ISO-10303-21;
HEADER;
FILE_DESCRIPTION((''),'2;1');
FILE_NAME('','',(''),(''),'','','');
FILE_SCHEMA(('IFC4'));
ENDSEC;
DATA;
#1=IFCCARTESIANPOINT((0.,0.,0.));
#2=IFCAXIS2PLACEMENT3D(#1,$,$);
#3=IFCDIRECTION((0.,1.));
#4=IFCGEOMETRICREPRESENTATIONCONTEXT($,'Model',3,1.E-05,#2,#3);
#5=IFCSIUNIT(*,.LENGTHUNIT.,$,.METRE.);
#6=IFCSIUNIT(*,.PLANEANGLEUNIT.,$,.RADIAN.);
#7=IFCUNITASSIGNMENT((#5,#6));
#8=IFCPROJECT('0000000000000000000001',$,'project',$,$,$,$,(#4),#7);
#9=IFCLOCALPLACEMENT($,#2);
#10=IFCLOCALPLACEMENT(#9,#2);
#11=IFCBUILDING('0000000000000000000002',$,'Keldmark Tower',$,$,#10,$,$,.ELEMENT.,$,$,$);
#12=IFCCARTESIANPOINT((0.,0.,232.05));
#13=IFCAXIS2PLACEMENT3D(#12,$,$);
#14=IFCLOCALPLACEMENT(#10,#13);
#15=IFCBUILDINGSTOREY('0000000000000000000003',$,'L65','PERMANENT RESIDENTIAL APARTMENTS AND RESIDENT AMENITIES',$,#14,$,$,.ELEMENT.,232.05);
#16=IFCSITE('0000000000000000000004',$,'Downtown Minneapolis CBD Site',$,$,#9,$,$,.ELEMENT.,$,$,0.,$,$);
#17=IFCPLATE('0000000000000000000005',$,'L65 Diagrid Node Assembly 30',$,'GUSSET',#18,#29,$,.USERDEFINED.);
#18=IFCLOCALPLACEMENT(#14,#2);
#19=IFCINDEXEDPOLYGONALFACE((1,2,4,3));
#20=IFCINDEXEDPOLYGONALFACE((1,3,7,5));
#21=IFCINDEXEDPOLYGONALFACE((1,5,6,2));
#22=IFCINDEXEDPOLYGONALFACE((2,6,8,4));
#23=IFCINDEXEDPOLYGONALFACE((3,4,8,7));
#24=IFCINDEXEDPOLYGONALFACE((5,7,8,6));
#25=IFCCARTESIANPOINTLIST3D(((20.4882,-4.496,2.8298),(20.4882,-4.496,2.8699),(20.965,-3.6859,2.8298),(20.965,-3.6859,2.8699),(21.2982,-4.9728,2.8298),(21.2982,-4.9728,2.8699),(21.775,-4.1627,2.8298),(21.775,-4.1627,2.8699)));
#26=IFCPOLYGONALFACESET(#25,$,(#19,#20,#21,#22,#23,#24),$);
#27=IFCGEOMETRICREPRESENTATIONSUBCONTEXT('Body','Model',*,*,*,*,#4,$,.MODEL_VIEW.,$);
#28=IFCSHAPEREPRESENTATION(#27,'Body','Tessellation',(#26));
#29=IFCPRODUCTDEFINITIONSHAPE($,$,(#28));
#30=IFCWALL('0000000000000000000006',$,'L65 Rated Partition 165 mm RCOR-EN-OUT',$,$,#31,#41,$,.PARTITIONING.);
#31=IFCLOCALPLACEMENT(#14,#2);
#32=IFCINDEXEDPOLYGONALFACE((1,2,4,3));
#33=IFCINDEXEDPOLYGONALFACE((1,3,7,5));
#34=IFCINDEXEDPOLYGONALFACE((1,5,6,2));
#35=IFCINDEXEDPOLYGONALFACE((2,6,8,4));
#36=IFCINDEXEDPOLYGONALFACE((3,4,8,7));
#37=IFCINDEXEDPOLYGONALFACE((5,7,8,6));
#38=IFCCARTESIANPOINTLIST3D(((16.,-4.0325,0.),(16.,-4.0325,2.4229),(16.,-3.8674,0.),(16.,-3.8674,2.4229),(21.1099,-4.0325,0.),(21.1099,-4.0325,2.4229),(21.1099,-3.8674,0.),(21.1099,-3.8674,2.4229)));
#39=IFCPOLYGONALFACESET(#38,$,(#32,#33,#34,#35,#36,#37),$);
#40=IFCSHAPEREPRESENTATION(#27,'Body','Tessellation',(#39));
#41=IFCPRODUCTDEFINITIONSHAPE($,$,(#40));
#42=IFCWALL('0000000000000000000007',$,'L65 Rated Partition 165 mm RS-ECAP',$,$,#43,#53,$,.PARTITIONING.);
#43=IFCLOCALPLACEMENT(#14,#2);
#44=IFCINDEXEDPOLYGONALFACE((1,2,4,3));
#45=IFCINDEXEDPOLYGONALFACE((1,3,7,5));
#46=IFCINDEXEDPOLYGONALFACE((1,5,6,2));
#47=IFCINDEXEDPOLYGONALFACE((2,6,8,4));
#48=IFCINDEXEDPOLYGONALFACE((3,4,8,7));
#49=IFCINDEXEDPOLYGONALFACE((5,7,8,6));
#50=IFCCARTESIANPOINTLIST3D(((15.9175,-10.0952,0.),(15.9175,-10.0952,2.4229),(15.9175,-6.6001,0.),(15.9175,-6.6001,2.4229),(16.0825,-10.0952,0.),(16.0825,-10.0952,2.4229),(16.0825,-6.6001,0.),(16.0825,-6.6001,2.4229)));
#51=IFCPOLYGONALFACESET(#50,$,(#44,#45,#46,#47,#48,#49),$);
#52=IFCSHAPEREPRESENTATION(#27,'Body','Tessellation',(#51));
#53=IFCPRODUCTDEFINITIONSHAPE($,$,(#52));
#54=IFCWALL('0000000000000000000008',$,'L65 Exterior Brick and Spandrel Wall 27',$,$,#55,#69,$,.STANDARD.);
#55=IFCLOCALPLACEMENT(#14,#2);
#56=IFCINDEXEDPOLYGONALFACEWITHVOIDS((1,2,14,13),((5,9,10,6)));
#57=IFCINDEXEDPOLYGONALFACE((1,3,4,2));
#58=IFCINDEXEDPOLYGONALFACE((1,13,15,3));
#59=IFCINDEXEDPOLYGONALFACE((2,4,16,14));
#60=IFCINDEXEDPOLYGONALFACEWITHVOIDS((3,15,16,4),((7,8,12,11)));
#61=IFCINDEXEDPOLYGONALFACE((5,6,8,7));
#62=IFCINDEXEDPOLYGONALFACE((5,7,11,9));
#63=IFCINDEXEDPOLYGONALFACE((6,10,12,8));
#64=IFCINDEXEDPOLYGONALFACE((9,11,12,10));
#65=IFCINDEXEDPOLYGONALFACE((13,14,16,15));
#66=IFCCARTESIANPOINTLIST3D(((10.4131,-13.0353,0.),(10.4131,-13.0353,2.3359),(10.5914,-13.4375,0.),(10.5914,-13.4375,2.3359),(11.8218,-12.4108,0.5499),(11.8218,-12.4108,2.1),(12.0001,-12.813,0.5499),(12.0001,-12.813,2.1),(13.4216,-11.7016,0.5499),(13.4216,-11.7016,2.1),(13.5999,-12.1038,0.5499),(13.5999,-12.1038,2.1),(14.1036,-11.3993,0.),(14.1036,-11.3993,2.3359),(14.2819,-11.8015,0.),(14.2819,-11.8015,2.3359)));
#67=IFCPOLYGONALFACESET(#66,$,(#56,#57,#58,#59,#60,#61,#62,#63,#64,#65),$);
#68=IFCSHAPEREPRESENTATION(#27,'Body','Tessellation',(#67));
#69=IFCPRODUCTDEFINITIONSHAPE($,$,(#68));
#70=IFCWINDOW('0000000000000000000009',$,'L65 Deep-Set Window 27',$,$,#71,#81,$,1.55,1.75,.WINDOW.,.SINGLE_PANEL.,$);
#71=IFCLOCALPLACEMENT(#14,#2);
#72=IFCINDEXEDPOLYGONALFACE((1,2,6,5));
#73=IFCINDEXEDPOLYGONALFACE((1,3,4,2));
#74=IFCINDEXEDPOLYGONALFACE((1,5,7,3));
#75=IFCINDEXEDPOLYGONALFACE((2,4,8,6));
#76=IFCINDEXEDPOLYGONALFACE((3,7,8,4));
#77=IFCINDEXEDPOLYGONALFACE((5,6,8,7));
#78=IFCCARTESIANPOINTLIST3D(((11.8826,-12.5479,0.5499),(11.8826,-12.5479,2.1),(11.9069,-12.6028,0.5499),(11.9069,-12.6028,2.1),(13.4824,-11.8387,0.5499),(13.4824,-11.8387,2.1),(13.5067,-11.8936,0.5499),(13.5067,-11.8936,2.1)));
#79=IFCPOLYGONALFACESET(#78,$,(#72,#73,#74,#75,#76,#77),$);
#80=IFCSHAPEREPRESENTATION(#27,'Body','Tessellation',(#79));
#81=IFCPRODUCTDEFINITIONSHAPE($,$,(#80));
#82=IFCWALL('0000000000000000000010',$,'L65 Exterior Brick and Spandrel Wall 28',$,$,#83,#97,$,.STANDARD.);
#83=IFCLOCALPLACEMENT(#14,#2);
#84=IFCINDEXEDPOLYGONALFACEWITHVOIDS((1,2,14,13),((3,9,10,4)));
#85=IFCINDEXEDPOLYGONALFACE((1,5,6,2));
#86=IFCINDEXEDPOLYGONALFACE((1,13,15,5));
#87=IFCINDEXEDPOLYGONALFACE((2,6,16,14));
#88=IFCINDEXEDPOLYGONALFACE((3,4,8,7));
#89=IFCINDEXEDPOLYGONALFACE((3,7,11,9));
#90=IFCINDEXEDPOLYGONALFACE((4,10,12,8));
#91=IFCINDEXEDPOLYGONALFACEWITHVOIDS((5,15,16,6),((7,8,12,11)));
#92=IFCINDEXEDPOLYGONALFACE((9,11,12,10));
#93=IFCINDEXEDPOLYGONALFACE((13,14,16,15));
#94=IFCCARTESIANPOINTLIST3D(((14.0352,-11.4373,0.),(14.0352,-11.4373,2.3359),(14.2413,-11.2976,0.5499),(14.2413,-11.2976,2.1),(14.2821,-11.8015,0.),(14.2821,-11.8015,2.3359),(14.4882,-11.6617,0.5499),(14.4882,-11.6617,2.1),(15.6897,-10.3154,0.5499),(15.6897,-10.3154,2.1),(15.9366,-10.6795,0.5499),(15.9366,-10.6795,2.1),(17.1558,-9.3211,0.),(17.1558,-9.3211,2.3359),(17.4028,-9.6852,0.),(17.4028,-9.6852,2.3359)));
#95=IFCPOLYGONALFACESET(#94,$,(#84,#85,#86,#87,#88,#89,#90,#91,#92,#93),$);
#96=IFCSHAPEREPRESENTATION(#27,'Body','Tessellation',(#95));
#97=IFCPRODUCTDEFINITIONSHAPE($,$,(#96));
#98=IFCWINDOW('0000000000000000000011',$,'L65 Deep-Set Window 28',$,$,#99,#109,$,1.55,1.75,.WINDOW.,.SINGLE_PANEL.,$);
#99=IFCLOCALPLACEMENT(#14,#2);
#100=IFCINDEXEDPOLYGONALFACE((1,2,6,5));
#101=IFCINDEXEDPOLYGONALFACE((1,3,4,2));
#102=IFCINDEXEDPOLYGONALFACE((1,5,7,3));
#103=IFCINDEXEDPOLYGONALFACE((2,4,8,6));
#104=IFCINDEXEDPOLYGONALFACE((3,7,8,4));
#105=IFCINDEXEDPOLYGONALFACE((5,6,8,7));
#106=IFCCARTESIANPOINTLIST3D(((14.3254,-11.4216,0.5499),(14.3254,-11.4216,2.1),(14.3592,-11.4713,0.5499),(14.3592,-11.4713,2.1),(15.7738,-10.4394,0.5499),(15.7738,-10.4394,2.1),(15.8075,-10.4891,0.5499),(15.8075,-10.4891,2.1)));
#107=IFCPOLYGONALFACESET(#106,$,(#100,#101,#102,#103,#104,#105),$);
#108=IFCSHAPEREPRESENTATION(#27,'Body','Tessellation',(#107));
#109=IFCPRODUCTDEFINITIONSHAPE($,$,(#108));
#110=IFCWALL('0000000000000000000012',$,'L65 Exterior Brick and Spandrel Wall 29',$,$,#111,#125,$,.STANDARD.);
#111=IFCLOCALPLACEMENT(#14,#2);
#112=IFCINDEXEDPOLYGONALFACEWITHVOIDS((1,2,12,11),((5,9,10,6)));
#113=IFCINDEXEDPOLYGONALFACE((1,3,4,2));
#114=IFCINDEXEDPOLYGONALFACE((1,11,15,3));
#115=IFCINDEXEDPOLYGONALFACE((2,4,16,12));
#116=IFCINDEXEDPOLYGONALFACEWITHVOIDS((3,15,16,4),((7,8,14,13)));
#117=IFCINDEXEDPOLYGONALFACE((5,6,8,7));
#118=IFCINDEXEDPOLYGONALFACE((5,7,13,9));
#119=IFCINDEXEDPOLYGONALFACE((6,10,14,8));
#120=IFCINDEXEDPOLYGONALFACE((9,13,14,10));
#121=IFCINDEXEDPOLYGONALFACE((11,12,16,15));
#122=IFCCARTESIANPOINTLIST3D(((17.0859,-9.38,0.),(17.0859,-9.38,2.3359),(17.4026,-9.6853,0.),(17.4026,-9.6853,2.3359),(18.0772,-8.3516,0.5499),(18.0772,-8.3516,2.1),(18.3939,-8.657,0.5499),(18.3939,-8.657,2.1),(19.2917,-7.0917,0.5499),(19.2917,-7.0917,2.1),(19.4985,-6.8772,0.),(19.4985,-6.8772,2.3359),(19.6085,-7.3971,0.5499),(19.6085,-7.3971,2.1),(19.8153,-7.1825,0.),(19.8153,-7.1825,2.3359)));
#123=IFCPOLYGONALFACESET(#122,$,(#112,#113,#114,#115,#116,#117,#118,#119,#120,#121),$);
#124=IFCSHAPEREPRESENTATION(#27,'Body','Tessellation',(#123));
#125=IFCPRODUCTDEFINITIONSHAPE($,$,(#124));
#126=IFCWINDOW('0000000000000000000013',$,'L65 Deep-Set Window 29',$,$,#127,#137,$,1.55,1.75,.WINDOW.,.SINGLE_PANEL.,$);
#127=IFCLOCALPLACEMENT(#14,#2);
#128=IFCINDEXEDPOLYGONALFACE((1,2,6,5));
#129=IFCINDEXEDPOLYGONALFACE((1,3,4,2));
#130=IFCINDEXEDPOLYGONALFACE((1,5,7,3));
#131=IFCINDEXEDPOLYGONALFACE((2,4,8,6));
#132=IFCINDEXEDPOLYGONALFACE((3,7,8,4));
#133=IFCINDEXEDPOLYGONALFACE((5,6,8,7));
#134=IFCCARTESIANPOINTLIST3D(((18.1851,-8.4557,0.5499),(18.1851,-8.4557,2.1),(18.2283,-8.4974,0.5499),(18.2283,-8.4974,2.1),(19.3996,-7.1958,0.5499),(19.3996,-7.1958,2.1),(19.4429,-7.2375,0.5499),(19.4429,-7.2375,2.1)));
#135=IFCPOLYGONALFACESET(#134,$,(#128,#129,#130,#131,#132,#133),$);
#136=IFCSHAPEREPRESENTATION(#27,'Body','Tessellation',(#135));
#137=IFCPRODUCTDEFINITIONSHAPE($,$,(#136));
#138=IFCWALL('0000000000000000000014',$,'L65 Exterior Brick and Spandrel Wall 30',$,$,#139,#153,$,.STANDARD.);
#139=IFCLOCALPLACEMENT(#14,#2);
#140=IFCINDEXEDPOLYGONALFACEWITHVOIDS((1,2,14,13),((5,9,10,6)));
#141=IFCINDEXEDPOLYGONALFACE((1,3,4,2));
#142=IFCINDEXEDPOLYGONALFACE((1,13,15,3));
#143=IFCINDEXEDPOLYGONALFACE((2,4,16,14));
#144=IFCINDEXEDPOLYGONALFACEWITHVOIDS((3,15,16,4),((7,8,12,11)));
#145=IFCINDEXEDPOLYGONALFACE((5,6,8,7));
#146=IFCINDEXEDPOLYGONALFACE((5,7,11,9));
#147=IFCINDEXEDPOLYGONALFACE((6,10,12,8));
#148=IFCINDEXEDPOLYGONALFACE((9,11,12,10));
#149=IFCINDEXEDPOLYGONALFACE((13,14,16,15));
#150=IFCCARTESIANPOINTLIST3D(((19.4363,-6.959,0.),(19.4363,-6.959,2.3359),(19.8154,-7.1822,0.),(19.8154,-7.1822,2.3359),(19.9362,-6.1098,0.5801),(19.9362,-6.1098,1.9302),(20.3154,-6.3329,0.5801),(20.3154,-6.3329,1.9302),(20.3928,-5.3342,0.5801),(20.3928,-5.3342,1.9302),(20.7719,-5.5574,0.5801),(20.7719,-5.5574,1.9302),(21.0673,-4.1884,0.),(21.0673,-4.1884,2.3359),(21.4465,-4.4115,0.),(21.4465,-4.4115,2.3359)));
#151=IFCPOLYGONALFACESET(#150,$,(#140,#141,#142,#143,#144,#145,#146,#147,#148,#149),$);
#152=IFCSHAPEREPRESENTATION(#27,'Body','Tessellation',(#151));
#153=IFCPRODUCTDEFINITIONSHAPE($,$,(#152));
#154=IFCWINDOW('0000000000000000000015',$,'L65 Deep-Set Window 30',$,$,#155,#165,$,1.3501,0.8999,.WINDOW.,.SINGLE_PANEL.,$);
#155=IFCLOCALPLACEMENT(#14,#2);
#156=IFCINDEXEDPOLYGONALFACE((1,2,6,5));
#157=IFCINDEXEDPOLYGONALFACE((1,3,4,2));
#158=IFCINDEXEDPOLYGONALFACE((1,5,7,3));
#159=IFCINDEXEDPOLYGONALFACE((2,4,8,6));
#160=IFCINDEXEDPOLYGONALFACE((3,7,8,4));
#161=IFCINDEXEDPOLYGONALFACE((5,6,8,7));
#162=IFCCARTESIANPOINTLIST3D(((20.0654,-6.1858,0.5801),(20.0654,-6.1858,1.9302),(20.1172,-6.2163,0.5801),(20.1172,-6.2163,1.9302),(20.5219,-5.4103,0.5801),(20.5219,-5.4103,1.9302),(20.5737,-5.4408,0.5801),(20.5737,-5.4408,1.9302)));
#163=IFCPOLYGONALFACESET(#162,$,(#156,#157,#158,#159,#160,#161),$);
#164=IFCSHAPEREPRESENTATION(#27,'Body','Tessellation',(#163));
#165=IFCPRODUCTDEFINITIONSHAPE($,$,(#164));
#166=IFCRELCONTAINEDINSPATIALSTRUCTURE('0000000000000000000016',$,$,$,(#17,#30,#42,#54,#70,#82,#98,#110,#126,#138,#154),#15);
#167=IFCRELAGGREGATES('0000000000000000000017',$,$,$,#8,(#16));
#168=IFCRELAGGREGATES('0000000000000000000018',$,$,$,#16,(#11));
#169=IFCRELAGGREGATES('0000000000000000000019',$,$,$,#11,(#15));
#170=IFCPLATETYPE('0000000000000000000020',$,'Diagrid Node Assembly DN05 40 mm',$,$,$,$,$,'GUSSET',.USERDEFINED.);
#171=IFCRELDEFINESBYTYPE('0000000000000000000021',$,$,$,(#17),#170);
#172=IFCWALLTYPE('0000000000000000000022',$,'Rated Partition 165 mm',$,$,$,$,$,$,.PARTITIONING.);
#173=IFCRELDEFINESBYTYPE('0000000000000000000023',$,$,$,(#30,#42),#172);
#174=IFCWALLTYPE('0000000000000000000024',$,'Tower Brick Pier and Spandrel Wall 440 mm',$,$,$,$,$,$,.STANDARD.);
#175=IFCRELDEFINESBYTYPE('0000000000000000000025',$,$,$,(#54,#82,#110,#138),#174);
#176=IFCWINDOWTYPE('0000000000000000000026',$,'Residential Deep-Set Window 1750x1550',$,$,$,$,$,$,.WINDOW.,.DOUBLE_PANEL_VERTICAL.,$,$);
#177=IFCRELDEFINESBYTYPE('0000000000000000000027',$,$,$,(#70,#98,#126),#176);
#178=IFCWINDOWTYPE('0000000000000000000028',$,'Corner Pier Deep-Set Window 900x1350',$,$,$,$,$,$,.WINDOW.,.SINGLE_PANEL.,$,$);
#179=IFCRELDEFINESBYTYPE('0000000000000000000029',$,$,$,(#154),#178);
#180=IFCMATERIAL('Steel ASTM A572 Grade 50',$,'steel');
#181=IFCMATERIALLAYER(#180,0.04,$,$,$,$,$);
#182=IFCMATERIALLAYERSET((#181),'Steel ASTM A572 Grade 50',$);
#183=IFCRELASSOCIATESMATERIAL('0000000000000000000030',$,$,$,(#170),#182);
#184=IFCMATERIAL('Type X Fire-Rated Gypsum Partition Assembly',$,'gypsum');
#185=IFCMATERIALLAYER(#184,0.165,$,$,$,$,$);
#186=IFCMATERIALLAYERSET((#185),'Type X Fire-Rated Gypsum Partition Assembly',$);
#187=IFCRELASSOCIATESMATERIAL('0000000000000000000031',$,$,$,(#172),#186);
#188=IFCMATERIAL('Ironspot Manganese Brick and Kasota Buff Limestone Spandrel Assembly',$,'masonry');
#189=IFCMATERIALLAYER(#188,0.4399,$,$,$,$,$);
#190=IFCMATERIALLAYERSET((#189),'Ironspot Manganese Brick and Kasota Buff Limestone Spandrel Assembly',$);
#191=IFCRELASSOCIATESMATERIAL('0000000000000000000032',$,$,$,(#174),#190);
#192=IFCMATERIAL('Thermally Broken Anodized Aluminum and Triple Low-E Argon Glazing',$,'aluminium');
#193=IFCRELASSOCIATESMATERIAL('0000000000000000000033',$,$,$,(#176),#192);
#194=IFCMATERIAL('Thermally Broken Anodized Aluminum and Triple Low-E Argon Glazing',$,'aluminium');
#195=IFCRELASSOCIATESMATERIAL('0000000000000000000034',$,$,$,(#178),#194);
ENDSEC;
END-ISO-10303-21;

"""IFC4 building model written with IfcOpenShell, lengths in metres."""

from ifc_helpers import new_model, si_unit, direction, frame, frame_2d, origin, origin_2d, place, context, subcontext, project, spatial, rectangle, extrude, material, layer, layer_set, type_object, element, fill, save


model = new_model("IFC4")

# Units and contexts
model_context = context("Model", 3, precision=1e-05, world=origin(), true_north=direction((0.0, 1.0)))
body_context = subcontext(model_context, "Body", "Model", "MODEL_VIEW")
ifc_project = project(units=[si_unit("LENGTHUNIT", "METRE"), si_unit("PLANEANGLEUNIT", "RADIAN")], contexts=[model_context])

# Site, building, storey
site_placement = place(None, origin())
site = spatial("IfcSite", under=ifc_project, at=site_placement, Name="Downtown Minneapolis CBD Site", CompositionType="ELEMENT", RefElevation=0.0)
building_placement = place(site_placement, origin())
building = spatial("IfcBuilding", under=site, at=building_placement, Name="Keldmark Tower", CompositionType="ELEMENT")
storey_placement = place(building_placement, frame((0.0, 0.0, 232.05)))
storey = spatial("IfcBuildingStorey", under=building, at=storey_placement, Name="L65", Description="PERMANENT RESIDENTIAL APARTMENTS AND RESIDENT AMENITIES", CompositionType="ELEMENT", Elevation=232.05)

# Plate
ifc_material_1 = material(Name="Steel ASTM A572 Grade 50", Category="steel")
ifc_layer_1 = layer(ifc_material_1, 0.04)
ifc_layer_set_1 = layer_set([ifc_layer_1], Name="Steel ASTM A572 Grade 50")
plate_type = type_object("IfcPlateType", Name="Diagrid Node Assembly DN05 40 mm", ElementType="GUSSET", PredefinedType="USERDEFINED", material=ifc_layer_set_1)
for number, where, z_axis, x_axis, name in (
    (1, (21.1316, -4.3293, 2.8298), (0.0, 0.0, 1.0), (0.507238, 0.861806, 0.0), "L65 Diagrid Node Assembly 30"),
):
    element("IfcPlate", number, at=place(storey_placement, frame(where, z_axis=z_axis, x_axis=x_axis)), inside=storey, type_object=plate_type, Name=name, ObjectType="GUSSET", PredefinedType="USERDEFINED", context=body_context, shape_type="SweptSolid", body=[
        extrude(rectangle(XDim=0.9399, YDim=0.9399, at=origin_2d()), origin(), (0.0, 0.0, 1.0), 0.04),
    ])

# Wall
ifc_material_2 = material(Name="Type X Fire-Rated Gypsum Partition Assembly", Category="gypsum")
ifc_layer_2 = layer(ifc_material_2, 0.165)
ifc_layer_set_2 = layer_set([ifc_layer_2], Name="Type X Fire-Rated Gypsum Partition Assembly")
wall_type_1 = type_object("IfcWallType", Name="Rated Partition 165 mm", PredefinedType="PARTITIONING", material=ifc_layer_set_2)
wall_1_placement = place(storey_placement, frame((16.0, -3.95, 0.0), z_axis=(0.0, 0.0, 1.0), x_axis=(1.0, 0.0, 0.0)))
element("IfcWall", 2, at=wall_1_placement, inside=storey, type_object=wall_type_1, Name="L65 Rated Partition 165 mm RCOR-EN-OUT", PredefinedType="PARTITIONING", context=body_context, shape_type="SweptSolid", body=[
    extrude(rectangle(XDim=5.1099, YDim=0.165, at=frame_2d((2.5549, 0.0))), origin(), (0.0, 0.0, 1.0), 2.4229),
])

# Wall
wall_2_placement = place(storey_placement, frame((16.0, -10.0952, 0.0), z_axis=(0.0, 0.0, 1.0), x_axis=(0.0, 1.0, 0.0)))
element("IfcWall", 3, at=wall_2_placement, inside=storey, type_object=wall_type_1, Name="L65 Rated Partition 165 mm RS-ECAP", PredefinedType="PARTITIONING", context=body_context, shape_type="SweptSolid", body=[
    extrude(rectangle(XDim=3.4951, YDim=0.165, at=frame_2d((1.7476, 0.0))), origin(), (0.0, 0.0, 1.0), 2.4229),
])

# Walls, openings, windows
ifc_material_3 = material(Name="Ironspot Manganese Brick and Kasota Buff Limestone Spandrel Assembly", Category="masonry")
ifc_layer_3 = layer(ifc_material_3, 0.4399)
ifc_layer_set_3 = layer_set([ifc_layer_3], Name="Ironspot Manganese Brick and Kasota Buff Limestone Spandrel Assembly")
wall_type_2 = type_object("IfcWallType", Name="Tower Brick Pier and Spandrel Wall 440 mm", PredefinedType="STANDARD", material=ifc_layer_set_3)
wall_3_placement = place(storey_placement, frame((14.1929, -11.6003, 0.0), z_axis=(0.0, 0.0, 1.0), x_axis=(-0.914198, -0.405269, 0.0)))
wall_3 = element("IfcWall", 4, at=wall_3_placement, inside=storey, type_object=wall_type_2, Name="L65 Exterior Brick and Spandrel Wall 27", PredefinedType="STANDARD", context=body_context, shape_type="SweptSolid", body=[
    extrude(rectangle(XDim=4.0369, YDim=0.4399, at=frame_2d((2.0186, 0.0))), origin(), (0.0, 0.0, 1.0), 2.3359),
])
opening_1_placement = place(wall_3_placement, frame((0.7461, 0.0, 0.55)))
opening_1 = element("IfcOpeningElement", 5, at=opening_1_placement, cuts=wall_3, PredefinedType="OPENING", context=body_context, shape_type="SweptSolid", body=[
    extrude(rectangle(XDim=1.75, YDim=1.55, at=frame_2d((0.875, 0.7749))), frame((0.0, 0.23, 0.0), z_axis=(0.0, -1.0, 0.0), x_axis=(1.0, 0.0, 0.0)), (0.0, 0.0, 1.0), 0.46),
])
ifc_material_4 = material(Name="Thermally Broken Anodized Aluminum and Triple Low-E Argon Glazing", Category="aluminium")
window_type_1 = type_object("IfcWindowType", Name="Residential Deep-Set Window 1750x1550", PartitioningType="DOUBLE_PANEL_VERTICAL", PredefinedType="WINDOW", material=ifc_material_4)
window_1_placement = place(opening_1_placement, origin())
window_1 = element("IfcWindow", 6, at=window_1_placement, inside=storey, type_object=window_type_1, Name="L65 Deep-Set Window 27", OverallHeight=1.55, OverallWidth=1.75, PartitioningType="SINGLE_PANEL", PredefinedType="WINDOW", context=body_context, shape_type="SweptSolid", body=[
    extrude(rectangle(XDim=1.75, YDim=1.55, at=frame_2d((0.875, 0.7749))), frame((0.0, -0.01, 0.0), z_axis=(0.0, -1.0, 0.0), x_axis=(1.0, 0.0, 0.0)), (0.0, 0.0, 1.0), 0.0601),
])
fill(opening_1, window_1)
wall_4_placement = place(storey_placement, frame((17.2793, -9.5032, 0.0), z_axis=(0.0, 0.0, 1.0), x_axis=(-0.827641, -0.561258, 0.0)))
wall_4 = element("IfcWall", 7, at=wall_4_placement, inside=storey, type_object=wall_type_2, Name="L65 Exterior Brick and Spandrel Wall 28", PredefinedType="STANDARD", context=body_context, shape_type="SweptSolid", body=[
    extrude(rectangle(XDim=3.7705, YDim=0.4399, at=frame_2d((1.8853, 0.0))), origin(), (0.0, 0.0, 1.0), 2.3359),
])
opening_2_placement = place(wall_4_placement, frame((1.7715, 0.0, 0.55)))
opening_2 = element("IfcOpeningElement", 8, at=opening_2_placement, cuts=wall_4, PredefinedType="OPENING", context=body_context, shape_type="SweptSolid", body=[
    extrude(rectangle(XDim=1.75, YDim=1.55, at=frame_2d((0.875, 0.7749))), frame((0.0, 0.23, 0.0), z_axis=(0.0, -1.0, 0.0), x_axis=(1.0, 0.0, 0.0)), (0.0, 0.0, 1.0), 0.46),
])
window_2_placement = place(opening_2_placement, origin())
window_2 = element("IfcWindow", 9, at=window_2_placement, inside=storey, type_object=window_type_1, Name="L65 Deep-Set Window 28", OverallHeight=1.55, OverallWidth=1.75, PartitioningType="SINGLE_PANEL", PredefinedType="WINDOW", context=body_context, shape_type="SweptSolid", body=[
    extrude(rectangle(XDim=1.75, YDim=1.55, at=frame_2d((0.875, 0.7749))), frame((0.0, -0.01, 0.0), z_axis=(0.0, -1.0, 0.0), x_axis=(1.0, 0.0, 0.0)), (0.0, 0.0, 1.0), 0.0601),
])
fill(opening_2, window_2)
wall_5_placement = place(storey_placement, frame((19.657, -7.0298, 0.0), z_axis=(0.0, 0.0, 1.0), x_axis=(-0.69403, -0.719946, 0.0)))
wall_5 = element("IfcWall", 10, at=wall_5_placement, inside=storey, type_object=wall_type_2, Name="L65 Exterior Brick and Spandrel Wall 29", PredefinedType="STANDARD", context=body_context, shape_type="SweptSolid", body=[
    extrude(rectangle(XDim=3.4763, YDim=0.4399, at=frame_2d((1.7383, 0.0))), origin(), (0.0, 0.0, 1.0), 2.3359),
])
opening_3_placement = place(wall_5_placement, frame((0.2981, 0.0, 0.55)))
opening_3 = element("IfcOpeningElement", 11, at=opening_3_placement, cuts=wall_5, PredefinedType="OPENING", context=body_context, shape_type="SweptSolid", body=[
    extrude(rectangle(XDim=1.75, YDim=1.55, at=frame_2d((0.875, 0.7749))), frame((0.0, 0.23, 0.0), z_axis=(0.0, -1.0, 0.0), x_axis=(1.0, 0.0, 0.0)), (0.0, 0.0, 1.0), 0.46),
])
window_3_placement = place(opening_3_placement, origin())
window_3 = element("IfcWindow", 12, at=window_3_placement, inside=storey, type_object=window_type_1, Name="L65 Deep-Set Window 29", OverallHeight=1.55, OverallWidth=1.75, PartitioningType="SINGLE_PANEL", PredefinedType="WINDOW", context=body_context, shape_type="SweptSolid", body=[
    extrude(rectangle(XDim=1.75, YDim=1.55, at=frame_2d((0.875, 0.7749))), frame((0.0, -0.01, 0.0), z_axis=(0.0, -1.0, 0.0), x_axis=(1.0, 0.0, 0.0)), (0.0, 0.0, 1.0), 0.0601),
])
fill(opening_3, window_3)
wall_6_placement = place(storey_placement, frame((21.2568, -4.3, 0.0), z_axis=(0.0, 0.0, 1.0), x_axis=(-0.507309, -0.861764, 0.0)))
wall_6 = element("IfcWall", 13, at=wall_6_placement, inside=storey, type_object=wall_type_2, Name="L65 Exterior Brick and Spandrel Wall 30", PredefinedType="STANDARD", context=body_context, shape_type="SweptSolid", body=[
    extrude(rectangle(XDim=3.2151, YDim=0.4399, at=frame_2d((1.6074, 0.0))), origin(), (0.0, 0.0, 1.0), 2.3359),
])
opening_4_placement = place(wall_6_placement, frame((1.3296, 0.0, 0.5801)))
opening_4 = element("IfcOpeningElement", 14, at=opening_4_placement, cuts=wall_6, PredefinedType="OPENING", context=body_context, shape_type="SweptSolid", body=[
    extrude(rectangle(XDim=0.8999, YDim=1.3501, at=frame_2d((0.45, 0.675))), frame((0.0, 0.23, 0.0), z_axis=(0.0, -1.0, 0.0), x_axis=(1.0, 0.0, 0.0)), (0.0, 0.0, 1.0), 0.46),
])
ifc_material_5 = material(Name="Thermally Broken Anodized Aluminum and Triple Low-E Argon Glazing", Category="aluminium")
window_type_2 = type_object("IfcWindowType", Name="Corner Pier Deep-Set Window 900x1350", PartitioningType="SINGLE_PANEL", PredefinedType="WINDOW", material=ifc_material_5)
window_4_placement = place(opening_4_placement, origin())
window_4 = element("IfcWindow", 15, at=window_4_placement, inside=storey, type_object=window_type_2, Name="L65 Deep-Set Window 30", OverallHeight=1.3501, OverallWidth=0.8999, PartitioningType="SINGLE_PANEL", PredefinedType="WINDOW", context=body_context, shape_type="SweptSolid", body=[
    extrude(rectangle(XDim=0.8999, YDim=1.3501, at=frame_2d((0.45, 0.675))), frame((0.0, -0.01, 0.0), z_axis=(0.0, -1.0, 0.0), x_axis=(1.0, 0.0, 0.0)), (0.0, 0.0, 1.0), 0.0601),
])
fill(opening_4, window_4)

save(model, "model.ifc")
